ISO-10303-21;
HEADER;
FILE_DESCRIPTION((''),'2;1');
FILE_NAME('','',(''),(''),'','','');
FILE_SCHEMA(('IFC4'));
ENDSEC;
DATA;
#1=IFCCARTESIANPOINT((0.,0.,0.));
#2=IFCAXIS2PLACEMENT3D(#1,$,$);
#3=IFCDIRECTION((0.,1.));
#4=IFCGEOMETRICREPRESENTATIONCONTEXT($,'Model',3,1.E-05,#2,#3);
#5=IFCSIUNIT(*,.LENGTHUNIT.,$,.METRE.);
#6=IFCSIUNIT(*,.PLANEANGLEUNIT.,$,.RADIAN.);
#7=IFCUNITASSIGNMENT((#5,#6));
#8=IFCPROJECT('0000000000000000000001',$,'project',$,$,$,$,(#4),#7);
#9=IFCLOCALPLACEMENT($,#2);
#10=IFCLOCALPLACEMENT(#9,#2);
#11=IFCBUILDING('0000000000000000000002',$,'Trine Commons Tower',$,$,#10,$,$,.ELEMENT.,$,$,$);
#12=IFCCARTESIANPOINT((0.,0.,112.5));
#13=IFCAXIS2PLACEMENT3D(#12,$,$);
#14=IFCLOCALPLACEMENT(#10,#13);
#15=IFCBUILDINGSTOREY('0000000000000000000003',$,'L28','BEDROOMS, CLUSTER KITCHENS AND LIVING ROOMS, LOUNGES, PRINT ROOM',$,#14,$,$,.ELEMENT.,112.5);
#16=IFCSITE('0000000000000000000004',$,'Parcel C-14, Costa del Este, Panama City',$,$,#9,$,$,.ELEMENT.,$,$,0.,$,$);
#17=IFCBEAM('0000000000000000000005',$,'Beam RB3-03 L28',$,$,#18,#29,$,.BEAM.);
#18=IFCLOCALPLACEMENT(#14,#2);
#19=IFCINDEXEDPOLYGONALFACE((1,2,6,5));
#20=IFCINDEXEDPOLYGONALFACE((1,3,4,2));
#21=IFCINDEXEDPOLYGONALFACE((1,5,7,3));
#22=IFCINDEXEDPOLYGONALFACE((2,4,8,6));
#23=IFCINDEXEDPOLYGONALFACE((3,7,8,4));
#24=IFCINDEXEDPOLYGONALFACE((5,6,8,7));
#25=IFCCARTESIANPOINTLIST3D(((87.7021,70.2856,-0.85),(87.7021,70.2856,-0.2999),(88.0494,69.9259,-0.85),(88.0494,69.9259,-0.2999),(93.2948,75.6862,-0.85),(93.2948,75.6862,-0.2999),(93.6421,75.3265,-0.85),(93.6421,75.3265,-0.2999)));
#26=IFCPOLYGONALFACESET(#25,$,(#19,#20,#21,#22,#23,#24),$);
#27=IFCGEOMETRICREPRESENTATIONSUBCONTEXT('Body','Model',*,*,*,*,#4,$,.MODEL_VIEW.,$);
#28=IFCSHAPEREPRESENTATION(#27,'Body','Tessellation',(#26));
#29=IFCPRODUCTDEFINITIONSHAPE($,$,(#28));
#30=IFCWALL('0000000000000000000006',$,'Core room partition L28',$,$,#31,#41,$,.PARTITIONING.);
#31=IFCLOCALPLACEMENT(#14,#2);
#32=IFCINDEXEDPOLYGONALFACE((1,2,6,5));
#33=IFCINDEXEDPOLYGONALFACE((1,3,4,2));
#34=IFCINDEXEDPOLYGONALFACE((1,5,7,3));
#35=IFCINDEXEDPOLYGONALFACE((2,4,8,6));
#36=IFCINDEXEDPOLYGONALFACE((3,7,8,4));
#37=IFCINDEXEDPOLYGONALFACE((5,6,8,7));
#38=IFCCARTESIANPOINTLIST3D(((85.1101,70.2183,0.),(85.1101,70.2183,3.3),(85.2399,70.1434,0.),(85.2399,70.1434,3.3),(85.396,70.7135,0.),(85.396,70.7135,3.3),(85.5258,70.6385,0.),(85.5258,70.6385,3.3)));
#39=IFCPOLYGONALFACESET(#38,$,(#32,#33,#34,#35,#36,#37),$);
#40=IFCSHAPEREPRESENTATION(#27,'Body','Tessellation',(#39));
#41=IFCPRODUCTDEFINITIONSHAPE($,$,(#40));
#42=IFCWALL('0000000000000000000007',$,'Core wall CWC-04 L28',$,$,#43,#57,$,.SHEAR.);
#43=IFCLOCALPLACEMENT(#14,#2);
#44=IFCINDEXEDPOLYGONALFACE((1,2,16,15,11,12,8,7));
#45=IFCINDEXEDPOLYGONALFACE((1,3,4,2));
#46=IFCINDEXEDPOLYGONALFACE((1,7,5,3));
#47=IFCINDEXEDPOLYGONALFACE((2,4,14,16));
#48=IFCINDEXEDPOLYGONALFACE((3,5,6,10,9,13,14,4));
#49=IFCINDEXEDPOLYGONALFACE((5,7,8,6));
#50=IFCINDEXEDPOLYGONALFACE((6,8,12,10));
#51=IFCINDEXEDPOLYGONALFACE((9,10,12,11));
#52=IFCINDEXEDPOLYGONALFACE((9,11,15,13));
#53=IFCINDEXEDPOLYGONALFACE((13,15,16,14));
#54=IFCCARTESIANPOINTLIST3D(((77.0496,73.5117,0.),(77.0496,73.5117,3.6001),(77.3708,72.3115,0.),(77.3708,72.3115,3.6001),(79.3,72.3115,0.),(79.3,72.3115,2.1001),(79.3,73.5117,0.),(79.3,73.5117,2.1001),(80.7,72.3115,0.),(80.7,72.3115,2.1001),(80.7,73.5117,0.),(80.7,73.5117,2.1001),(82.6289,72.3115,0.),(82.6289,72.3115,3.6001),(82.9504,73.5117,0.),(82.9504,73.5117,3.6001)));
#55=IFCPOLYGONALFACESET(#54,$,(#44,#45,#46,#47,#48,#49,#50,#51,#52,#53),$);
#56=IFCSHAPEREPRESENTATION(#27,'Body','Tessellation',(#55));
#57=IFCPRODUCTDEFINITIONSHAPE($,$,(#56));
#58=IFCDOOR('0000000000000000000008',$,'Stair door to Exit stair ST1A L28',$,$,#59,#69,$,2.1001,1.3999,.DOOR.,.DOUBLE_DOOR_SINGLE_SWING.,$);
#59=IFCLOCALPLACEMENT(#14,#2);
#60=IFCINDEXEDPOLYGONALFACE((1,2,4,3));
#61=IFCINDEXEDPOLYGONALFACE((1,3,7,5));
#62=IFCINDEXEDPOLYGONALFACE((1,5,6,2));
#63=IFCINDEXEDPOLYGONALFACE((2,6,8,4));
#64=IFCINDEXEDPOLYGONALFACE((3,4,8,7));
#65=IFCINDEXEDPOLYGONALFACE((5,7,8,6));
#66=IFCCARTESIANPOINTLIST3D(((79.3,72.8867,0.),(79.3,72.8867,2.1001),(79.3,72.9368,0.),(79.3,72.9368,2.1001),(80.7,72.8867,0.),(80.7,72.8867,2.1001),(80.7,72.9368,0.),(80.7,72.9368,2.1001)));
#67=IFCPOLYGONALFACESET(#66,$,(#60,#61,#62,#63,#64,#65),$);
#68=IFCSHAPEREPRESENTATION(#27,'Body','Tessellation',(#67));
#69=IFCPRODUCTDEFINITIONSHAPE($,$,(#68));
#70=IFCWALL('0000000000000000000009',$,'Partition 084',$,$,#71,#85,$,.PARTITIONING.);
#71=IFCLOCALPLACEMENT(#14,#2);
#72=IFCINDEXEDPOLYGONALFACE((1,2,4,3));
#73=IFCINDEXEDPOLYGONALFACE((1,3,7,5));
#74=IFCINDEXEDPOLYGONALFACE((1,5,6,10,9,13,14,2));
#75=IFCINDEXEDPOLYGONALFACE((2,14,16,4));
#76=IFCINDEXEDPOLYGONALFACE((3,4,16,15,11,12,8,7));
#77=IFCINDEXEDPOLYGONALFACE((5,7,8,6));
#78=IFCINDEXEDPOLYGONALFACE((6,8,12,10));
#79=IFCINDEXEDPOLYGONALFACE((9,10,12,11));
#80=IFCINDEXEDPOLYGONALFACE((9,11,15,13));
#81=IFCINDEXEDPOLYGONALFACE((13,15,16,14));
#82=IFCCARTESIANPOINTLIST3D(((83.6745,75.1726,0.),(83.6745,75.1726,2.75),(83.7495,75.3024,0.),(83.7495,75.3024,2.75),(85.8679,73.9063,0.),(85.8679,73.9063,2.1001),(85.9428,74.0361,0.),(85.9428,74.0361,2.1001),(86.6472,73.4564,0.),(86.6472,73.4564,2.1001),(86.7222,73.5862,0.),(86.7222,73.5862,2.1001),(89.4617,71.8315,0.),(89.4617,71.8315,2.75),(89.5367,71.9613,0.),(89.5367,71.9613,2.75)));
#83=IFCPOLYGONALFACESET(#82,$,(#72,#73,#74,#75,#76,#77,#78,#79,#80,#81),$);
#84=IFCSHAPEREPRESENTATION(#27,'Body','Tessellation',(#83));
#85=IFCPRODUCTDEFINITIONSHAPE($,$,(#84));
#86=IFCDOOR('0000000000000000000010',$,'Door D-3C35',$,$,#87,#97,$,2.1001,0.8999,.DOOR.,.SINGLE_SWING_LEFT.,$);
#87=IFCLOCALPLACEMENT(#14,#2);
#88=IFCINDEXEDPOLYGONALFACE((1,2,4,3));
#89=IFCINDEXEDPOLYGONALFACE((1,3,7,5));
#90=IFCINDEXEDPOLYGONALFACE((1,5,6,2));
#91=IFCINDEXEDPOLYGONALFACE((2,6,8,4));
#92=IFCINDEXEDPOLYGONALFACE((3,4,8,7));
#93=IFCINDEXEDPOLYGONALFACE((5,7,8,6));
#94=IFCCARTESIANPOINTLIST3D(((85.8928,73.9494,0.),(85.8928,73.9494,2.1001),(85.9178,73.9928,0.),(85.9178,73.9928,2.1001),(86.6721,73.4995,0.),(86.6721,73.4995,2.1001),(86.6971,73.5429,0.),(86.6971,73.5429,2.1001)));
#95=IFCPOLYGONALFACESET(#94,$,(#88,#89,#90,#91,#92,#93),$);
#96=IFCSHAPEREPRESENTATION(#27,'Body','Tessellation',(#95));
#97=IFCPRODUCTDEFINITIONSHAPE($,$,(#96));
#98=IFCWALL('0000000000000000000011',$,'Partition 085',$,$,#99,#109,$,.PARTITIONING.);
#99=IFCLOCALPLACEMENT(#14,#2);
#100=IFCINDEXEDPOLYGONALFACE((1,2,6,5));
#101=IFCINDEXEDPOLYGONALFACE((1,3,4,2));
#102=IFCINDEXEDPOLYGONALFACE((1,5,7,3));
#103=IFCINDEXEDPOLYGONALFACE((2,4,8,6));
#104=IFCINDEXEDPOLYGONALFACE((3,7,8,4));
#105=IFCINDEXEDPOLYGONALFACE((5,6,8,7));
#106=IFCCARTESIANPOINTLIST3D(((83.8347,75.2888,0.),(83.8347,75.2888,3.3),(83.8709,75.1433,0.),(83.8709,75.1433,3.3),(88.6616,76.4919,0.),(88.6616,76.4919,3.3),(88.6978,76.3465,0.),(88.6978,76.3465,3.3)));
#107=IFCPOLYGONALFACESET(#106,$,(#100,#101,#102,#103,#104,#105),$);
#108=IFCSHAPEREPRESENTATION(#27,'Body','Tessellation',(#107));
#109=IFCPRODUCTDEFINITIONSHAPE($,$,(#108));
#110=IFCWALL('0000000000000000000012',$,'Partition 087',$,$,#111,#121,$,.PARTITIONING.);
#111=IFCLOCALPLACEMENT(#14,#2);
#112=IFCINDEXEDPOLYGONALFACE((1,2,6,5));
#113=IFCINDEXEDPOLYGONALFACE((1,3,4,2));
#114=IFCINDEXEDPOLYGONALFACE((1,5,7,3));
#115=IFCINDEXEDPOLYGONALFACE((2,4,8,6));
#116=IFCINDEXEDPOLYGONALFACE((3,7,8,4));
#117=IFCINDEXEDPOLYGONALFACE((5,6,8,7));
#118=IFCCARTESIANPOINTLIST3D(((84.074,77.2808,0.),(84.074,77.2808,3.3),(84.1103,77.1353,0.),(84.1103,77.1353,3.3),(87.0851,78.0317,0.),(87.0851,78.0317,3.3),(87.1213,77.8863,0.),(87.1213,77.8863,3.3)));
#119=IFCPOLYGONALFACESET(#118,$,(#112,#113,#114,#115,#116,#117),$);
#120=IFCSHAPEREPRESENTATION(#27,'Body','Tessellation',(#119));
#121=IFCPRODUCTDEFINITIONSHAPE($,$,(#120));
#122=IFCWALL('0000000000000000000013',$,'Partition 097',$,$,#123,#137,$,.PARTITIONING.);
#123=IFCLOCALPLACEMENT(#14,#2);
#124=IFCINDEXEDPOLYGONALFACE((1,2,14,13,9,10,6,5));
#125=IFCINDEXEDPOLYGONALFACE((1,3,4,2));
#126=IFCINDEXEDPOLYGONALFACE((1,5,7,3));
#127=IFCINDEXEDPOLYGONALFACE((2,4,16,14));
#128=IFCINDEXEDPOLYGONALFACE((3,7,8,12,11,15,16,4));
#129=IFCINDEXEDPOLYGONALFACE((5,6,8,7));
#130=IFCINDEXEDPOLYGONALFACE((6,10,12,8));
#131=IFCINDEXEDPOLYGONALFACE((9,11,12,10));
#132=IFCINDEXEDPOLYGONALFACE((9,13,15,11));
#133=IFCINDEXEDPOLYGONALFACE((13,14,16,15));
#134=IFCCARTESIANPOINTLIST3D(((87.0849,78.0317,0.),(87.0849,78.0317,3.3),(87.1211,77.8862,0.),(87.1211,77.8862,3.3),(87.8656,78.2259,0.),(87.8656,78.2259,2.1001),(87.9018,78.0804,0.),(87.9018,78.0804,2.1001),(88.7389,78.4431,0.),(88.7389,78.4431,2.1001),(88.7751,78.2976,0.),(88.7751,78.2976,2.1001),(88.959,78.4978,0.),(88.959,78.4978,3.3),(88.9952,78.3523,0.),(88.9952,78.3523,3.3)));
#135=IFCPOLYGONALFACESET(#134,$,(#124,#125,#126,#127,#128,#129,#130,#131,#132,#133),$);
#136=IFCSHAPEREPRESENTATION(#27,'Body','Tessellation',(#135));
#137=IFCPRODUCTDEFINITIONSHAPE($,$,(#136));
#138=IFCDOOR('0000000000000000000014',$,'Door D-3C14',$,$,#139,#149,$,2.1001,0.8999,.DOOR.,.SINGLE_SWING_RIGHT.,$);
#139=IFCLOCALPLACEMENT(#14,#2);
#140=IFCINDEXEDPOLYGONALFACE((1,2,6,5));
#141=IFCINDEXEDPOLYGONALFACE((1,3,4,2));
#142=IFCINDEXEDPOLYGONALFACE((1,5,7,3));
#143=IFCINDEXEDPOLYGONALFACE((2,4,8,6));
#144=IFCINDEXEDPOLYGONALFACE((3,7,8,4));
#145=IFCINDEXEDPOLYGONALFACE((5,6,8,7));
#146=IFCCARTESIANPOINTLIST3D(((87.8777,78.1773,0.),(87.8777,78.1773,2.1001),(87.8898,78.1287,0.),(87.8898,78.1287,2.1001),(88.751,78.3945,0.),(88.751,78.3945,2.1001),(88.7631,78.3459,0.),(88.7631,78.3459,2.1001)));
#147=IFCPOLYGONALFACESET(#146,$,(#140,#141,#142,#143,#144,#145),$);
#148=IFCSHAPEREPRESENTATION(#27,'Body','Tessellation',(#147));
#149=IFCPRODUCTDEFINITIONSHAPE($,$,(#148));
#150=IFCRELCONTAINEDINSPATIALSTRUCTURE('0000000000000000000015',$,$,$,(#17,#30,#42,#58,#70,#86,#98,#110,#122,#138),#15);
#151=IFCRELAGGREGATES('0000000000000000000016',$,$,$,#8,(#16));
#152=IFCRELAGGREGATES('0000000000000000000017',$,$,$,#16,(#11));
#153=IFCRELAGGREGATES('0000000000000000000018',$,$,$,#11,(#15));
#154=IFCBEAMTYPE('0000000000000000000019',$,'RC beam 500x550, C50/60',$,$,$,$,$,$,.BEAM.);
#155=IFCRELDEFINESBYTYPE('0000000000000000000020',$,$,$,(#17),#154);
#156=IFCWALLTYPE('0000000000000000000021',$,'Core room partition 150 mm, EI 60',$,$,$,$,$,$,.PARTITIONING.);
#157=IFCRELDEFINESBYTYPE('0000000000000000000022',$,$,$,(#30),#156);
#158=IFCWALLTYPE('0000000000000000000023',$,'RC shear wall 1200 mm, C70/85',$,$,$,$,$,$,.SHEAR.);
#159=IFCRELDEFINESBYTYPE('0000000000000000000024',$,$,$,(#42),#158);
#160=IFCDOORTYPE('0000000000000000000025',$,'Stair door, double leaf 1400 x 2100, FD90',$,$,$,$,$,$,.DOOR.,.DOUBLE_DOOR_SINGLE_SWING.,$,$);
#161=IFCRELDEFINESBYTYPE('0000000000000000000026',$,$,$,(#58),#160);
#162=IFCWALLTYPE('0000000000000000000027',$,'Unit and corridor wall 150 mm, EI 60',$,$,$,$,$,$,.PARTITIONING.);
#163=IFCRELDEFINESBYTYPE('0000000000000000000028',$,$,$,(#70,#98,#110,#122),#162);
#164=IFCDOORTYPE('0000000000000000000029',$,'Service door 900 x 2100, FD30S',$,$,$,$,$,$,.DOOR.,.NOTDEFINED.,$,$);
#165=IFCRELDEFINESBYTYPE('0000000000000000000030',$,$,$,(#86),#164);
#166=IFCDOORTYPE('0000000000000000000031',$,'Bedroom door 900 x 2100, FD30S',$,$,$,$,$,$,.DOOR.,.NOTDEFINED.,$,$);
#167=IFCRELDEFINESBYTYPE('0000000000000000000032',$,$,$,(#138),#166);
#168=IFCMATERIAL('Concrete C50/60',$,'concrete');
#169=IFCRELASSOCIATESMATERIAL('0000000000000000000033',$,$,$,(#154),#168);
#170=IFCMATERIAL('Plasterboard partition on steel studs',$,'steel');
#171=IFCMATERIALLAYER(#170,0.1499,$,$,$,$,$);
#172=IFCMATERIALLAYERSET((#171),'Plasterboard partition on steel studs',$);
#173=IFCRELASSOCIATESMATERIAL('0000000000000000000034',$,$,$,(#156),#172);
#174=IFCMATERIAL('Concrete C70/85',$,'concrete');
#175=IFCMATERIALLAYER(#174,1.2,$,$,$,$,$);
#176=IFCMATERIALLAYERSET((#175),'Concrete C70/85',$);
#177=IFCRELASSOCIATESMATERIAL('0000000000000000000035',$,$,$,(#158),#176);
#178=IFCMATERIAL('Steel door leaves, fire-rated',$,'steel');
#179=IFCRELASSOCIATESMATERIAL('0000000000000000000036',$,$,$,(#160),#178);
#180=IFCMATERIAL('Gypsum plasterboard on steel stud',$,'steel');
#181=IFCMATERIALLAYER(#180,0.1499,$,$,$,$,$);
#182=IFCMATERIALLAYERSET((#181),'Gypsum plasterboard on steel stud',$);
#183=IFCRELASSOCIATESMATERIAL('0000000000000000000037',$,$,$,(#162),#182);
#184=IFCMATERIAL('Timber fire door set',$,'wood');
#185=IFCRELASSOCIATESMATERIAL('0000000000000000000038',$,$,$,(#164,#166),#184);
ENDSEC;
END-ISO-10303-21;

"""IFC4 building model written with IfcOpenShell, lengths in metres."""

from ifc_helpers import new_model, si_unit, direction, frame, frame_2d, origin, origin_2d, place, context, subcontext, project, spatial, polyline, rectangle, outline, extrude, material, layer, layer_set, material_profile, profile_set, type_object, element, fill, save


model = new_model("IFC4")

# Units and contexts
model_context = context("Model", 3, precision=1e-05, world=origin(), true_north=direction((0.0, 1.0)))
body_context = subcontext(model_context, "Body", "Model", "MODEL_VIEW")
ifc_project = project(units=[si_unit("LENGTHUNIT", "METRE"), si_unit("PLANEANGLEUNIT", "RADIAN")], contexts=[model_context])

# Site, building, storey
site_placement = place(None, origin())
site = spatial("IfcSite", under=ifc_project, at=site_placement, Name="Parcel C-14, Costa del Este, Panama City", CompositionType="ELEMENT", RefElevation=0.0)
building_placement = place(site_placement, origin())
building = spatial("IfcBuilding", under=site, at=building_placement, Name="Trine Commons Tower", CompositionType="ELEMENT")
storey_placement = place(building_placement, frame((0.0, 0.0, 112.5)))
storey = spatial("IfcBuildingStorey", under=building, at=storey_placement, Name="L28", Description="BEDROOMS, CLUSTER KITCHENS AND LIVING ROOMS, LOUNGES, PRINT ROOM", CompositionType="ELEMENT", Elevation=112.5)

# Beam
ifc_material_1 = material(Name="Concrete C50/60", Category="concrete")
ifc_material_profile = material_profile(ifc_material_1, rectangle(XDim=0.5, YDim=0.55, at=origin_2d()), Name="RC 500x550")
ifc_profile_set = profile_set([ifc_material_profile], Name="Concrete C50/60")
beam_type = type_object("IfcBeamType", Name="RC beam 500x550, C50/60", PredefinedType="BEAM", material=ifc_profile_set)
beam_placement = place(storey_placement, frame((87.8757, 70.1057, -0.575), z_axis=(0.719355, 0.694642, 0.0), x_axis=(-0.694642, 0.719355, 0.0)))
element("IfcBeam", 1, at=beam_placement, inside=storey, type_object=beam_type, Name="Beam RB3-03 L28", PredefinedType="BEAM", context=body_context, shape_type="SweptSolid", body=[
    extrude(rectangle(XDim=0.5, YDim=0.55, at=origin_2d()), origin(), (0.0, 0.0, 1.0), 7.7747),
])

# Wall
ifc_material_2 = material(Name="Plasterboard partition on steel studs", Category="steel")
ifc_layer_1 = layer(ifc_material_2, 0.1499)
ifc_layer_set_1 = layer_set([ifc_layer_1], Name="Plasterboard partition on steel studs")
wall_type_1 = type_object("IfcWallType", Name="Core room partition 150 mm, EI 60", PredefinedType="PARTITIONING", material=ifc_layer_set_1)
wall_1_placement = place(storey_placement, frame((85.4609, 70.676, 0.0), z_axis=(0.0, 0.0, 1.0), x_axis=(-0.500043, -0.866001, 0.0)))
element("IfcWall", 2, at=wall_1_placement, inside=storey, type_object=wall_type_1, Name="Core room partition L28", PredefinedType="PARTITIONING", context=body_context, shape_type="SweptSolid", body=[
    extrude(rectangle(XDim=0.5718, YDim=0.1499, at=frame_2d((0.2859, 0.0))), origin(), (0.0, 0.0, 1.0), 3.3),
])

# Walls, openings, doors
ifc_material_3 = material(Name="Concrete C70/85", Category="concrete")
ifc_layer_2 = layer(ifc_material_3, 1.2)
ifc_layer_set_2 = layer_set([ifc_layer_2], Name="Concrete C70/85")
wall_type_2 = type_object("IfcWallType", Name="RC shear wall 1200 mm, C70/85", PredefinedType="SHEAR", material=ifc_layer_set_2)
wall_2_placement = place(storey_placement, frame((82.9504, 72.9116, 0.0), z_axis=(0.0, 0.0, 1.0), x_axis=(-1.0, 0.0, 0.0)))
wall_2 = element("IfcWall", 3, at=wall_2_placement, inside=storey, type_object=wall_type_2, Name="Core wall CWC-04 L28", PredefinedType="SHEAR", context=body_context, shape_type="SweptSolid", body=[
    extrude(outline(polyline([(0.0, -0.6001), (5.9009, -0.6001), (5.5796, 0.6001), (0.3215, 0.6001), (0.0, -0.6001)])), origin(), (0.0, 0.0, 1.0), 3.6001),
])
opening_1_placement = place(wall_2_placement, frame((2.2505, 0.0, 0.0)))
opening_1 = element("IfcOpeningElement", 4, at=opening_1_placement, cuts=wall_2, PredefinedType="OPENING", context=body_context, shape_type="SweptSolid", body=[
    extrude(rectangle(XDim=1.3999, YDim=2.1001, at=frame_2d((0.7, 1.05))), frame((0.0, 0.6099, 0.0), z_axis=(0.0, -1.0, 0.0), x_axis=(1.0, 0.0, 0.0)), (0.0, 0.0, 1.0), 1.22),
])
ifc_material_4 = material(Name="Steel door leaves, fire-rated", Category="steel")
door_type_1 = type_object("IfcDoorType", Name="Stair door, double leaf 1400 x 2100, FD90", OperationType="DOUBLE_DOOR_SINGLE_SWING", PredefinedType="DOOR", material=ifc_material_4)
door_1_placement = place(opening_1_placement, origin())
door_1 = element("IfcDoor", 5, at=door_1_placement, inside=storey, type_object=door_type_1, Name="Stair door to Exit stair ST1A L28", OperationType="DOUBLE_DOOR_SINGLE_SWING", OverallHeight=2.1001, OverallWidth=1.3999, PredefinedType="DOOR", context=body_context, shape_type="SweptSolid", body=[
    extrude(rectangle(XDim=1.3999, YDim=2.1001, at=frame_2d((0.7, 1.05))), frame((0.0, 0.0249, 0.0), z_axis=(0.0, -1.0, 0.0), x_axis=(1.0, 0.0, 0.0)), (0.0, 0.0, 1.0), 0.05),
])
fill(opening_1, door_1)
ifc_material_5 = material(Name="Gypsum plasterboard on steel stud", Category="steel")
ifc_layer_3 = layer(ifc_material_5, 0.1499)
ifc_layer_set_3 = layer_set([ifc_layer_3], Name="Gypsum plasterboard on steel stud")
wall_type_3 = type_object("IfcWallType", Name="Unit and corridor wall 150 mm, EI 60", PredefinedType="PARTITIONING", material=ifc_layer_set_3)
wall_3_placement = place(storey_placement, frame((83.7119, 75.2375, 0.0), z_axis=(0.0, 0.0, 1.0), x_axis=(0.866033, -0.499986, 0.0)))
wall_3 = element("IfcWall", 6, at=wall_3_placement, inside=storey, type_object=wall_type_3, Name="Partition 084", PredefinedType="PARTITIONING", context=body_context, shape_type="SweptSolid", body=[
    extrude(rectangle(XDim=6.6824, YDim=0.1499, at=frame_2d((3.3413, 0.0))), origin(), (0.0, 0.0, 1.0), 2.75),
])
opening_2_placement = place(wall_3_placement, frame((2.5327, 0.0, 0.0)))
opening_2 = element("IfcOpeningElement", 7, at=opening_2_placement, cuts=wall_3, PredefinedType="OPENING", context=body_context, shape_type="SweptSolid", body=[
    extrude(rectangle(XDim=0.8999, YDim=2.1001, at=frame_2d((0.45, 1.05))), frame((0.0, 0.085, 0.0), z_axis=(0.0, -1.0, 0.0), x_axis=(1.0, 0.0, 0.0)), (0.0, 0.0, 1.0), 0.1699),
])
ifc_material_6 = material(Name="Timber fire door set", Category="wood")
door_type_2 = type_object("IfcDoorType", Name="Service door 900 x 2100, FD30S", OperationType="NOTDEFINED", PredefinedType="DOOR", material=ifc_material_6)
door_2_placement = place(opening_2_placement, origin())
door_2 = element("IfcDoor", 8, at=door_2_placement, inside=storey, type_object=door_type_2, Name="Door D-3C35", OperationType="SINGLE_SWING_LEFT", OverallHeight=2.1001, OverallWidth=0.8999, PredefinedType="DOOR", context=body_context, shape_type="SweptSolid", body=[
    extrude(rectangle(XDim=0.8999, YDim=2.1001, at=frame_2d((0.45, 1.05))), frame((0.0, 0.0249, 0.0), z_axis=(0.0, -1.0, 0.0), x_axis=(1.0, 0.0, 0.0)), (0.0, 0.0, 1.0), 0.05),
])
fill(opening_2, door_2)

# Walls
wall_4_placement = place(storey_placement, frame((83.8528, 75.2161, 0.0), z_axis=(0.0, 0.0, 1.0), x_axis=(0.970313, 0.241854, 0.0)))
element("IfcWall", 9, at=wall_4_placement, inside=storey, type_object=wall_type_3, Name="Partition 085", PredefinedType="PARTITIONING", context=body_context, shape_type="SweptSolid", body=[
    extrude(rectangle(XDim=4.9746, YDim=0.1499, at=frame_2d((2.4873, 0.0))), origin(), (0.0, 0.0, 1.0), 3.3),
])
wall_5_placement = place(storey_placement, frame((84.092, 77.208, 0.0), z_axis=(0.0, 0.0, 1.0), x_axis=(0.970277, 0.241999, 0.0)))
element("IfcWall", 10, at=wall_5_placement, inside=storey, type_object=wall_type_3, Name="Partition 087", PredefinedType="PARTITIONING", context=body_context, shape_type="SweptSolid", body=[
    extrude(rectangle(XDim=3.1033, YDim=0.1499, at=frame_2d((1.5518, 0.0))), origin(), (0.0, 0.0, 1.0), 3.3),
])

# Wall, opening, door
wall_6_placement = place(storey_placement, frame((87.103, 77.959, 0.0), z_axis=(0.0, 0.0, 1.0), x_axis=(0.970439, 0.241346, 0.0)))
wall_6 = element("IfcWall", 11, at=wall_6_placement, inside=storey, type_object=wall_type_3, Name="Partition 097", PredefinedType="PARTITIONING", context=body_context, shape_type="SweptSolid", body=[
    extrude(rectangle(XDim=1.9312, YDim=0.1499, at=frame_2d((0.9656, 0.0))), origin(), (0.0, 0.0, 1.0), 3.3),
])
opening_3_placement = place(wall_6_placement, frame((0.8044, 0.0, 0.0)))
opening_3 = element("IfcOpeningElement", 12, at=opening_3_placement, cuts=wall_6, PredefinedType="OPENING", context=body_context, shape_type="SweptSolid", body=[
    extrude(rectangle(XDim=0.8999, YDim=2.1001, at=frame_2d((0.45, 1.05))), frame((0.0, 0.085, 0.0), z_axis=(0.0, -1.0, 0.0), x_axis=(1.0, 0.0, 0.0)), (0.0, 0.0, 1.0), 0.1699),
])
door_type_3 = type_object("IfcDoorType", Name="Bedroom door 900 x 2100, FD30S", OperationType="NOTDEFINED", PredefinedType="DOOR", material=ifc_material_6)
door_3_placement = place(opening_3_placement, origin())
door_3 = element("IfcDoor", 13, at=door_3_placement, inside=storey, type_object=door_type_3, Name="Door D-3C14", OperationType="SINGLE_SWING_RIGHT", OverallHeight=2.1001, OverallWidth=0.8999, PredefinedType="DOOR", context=body_context, shape_type="SweptSolid", body=[
    extrude(rectangle(XDim=0.8999, YDim=2.1001, at=frame_2d((0.45, 1.05))), frame((0.0, 0.0249, 0.0), z_axis=(0.0, -1.0, 0.0), x_axis=(1.0, 0.0, 0.0)), (0.0, 0.0, 1.0), 0.05),
])
fill(opening_3, door_3)

save(model, "model.ifc")
